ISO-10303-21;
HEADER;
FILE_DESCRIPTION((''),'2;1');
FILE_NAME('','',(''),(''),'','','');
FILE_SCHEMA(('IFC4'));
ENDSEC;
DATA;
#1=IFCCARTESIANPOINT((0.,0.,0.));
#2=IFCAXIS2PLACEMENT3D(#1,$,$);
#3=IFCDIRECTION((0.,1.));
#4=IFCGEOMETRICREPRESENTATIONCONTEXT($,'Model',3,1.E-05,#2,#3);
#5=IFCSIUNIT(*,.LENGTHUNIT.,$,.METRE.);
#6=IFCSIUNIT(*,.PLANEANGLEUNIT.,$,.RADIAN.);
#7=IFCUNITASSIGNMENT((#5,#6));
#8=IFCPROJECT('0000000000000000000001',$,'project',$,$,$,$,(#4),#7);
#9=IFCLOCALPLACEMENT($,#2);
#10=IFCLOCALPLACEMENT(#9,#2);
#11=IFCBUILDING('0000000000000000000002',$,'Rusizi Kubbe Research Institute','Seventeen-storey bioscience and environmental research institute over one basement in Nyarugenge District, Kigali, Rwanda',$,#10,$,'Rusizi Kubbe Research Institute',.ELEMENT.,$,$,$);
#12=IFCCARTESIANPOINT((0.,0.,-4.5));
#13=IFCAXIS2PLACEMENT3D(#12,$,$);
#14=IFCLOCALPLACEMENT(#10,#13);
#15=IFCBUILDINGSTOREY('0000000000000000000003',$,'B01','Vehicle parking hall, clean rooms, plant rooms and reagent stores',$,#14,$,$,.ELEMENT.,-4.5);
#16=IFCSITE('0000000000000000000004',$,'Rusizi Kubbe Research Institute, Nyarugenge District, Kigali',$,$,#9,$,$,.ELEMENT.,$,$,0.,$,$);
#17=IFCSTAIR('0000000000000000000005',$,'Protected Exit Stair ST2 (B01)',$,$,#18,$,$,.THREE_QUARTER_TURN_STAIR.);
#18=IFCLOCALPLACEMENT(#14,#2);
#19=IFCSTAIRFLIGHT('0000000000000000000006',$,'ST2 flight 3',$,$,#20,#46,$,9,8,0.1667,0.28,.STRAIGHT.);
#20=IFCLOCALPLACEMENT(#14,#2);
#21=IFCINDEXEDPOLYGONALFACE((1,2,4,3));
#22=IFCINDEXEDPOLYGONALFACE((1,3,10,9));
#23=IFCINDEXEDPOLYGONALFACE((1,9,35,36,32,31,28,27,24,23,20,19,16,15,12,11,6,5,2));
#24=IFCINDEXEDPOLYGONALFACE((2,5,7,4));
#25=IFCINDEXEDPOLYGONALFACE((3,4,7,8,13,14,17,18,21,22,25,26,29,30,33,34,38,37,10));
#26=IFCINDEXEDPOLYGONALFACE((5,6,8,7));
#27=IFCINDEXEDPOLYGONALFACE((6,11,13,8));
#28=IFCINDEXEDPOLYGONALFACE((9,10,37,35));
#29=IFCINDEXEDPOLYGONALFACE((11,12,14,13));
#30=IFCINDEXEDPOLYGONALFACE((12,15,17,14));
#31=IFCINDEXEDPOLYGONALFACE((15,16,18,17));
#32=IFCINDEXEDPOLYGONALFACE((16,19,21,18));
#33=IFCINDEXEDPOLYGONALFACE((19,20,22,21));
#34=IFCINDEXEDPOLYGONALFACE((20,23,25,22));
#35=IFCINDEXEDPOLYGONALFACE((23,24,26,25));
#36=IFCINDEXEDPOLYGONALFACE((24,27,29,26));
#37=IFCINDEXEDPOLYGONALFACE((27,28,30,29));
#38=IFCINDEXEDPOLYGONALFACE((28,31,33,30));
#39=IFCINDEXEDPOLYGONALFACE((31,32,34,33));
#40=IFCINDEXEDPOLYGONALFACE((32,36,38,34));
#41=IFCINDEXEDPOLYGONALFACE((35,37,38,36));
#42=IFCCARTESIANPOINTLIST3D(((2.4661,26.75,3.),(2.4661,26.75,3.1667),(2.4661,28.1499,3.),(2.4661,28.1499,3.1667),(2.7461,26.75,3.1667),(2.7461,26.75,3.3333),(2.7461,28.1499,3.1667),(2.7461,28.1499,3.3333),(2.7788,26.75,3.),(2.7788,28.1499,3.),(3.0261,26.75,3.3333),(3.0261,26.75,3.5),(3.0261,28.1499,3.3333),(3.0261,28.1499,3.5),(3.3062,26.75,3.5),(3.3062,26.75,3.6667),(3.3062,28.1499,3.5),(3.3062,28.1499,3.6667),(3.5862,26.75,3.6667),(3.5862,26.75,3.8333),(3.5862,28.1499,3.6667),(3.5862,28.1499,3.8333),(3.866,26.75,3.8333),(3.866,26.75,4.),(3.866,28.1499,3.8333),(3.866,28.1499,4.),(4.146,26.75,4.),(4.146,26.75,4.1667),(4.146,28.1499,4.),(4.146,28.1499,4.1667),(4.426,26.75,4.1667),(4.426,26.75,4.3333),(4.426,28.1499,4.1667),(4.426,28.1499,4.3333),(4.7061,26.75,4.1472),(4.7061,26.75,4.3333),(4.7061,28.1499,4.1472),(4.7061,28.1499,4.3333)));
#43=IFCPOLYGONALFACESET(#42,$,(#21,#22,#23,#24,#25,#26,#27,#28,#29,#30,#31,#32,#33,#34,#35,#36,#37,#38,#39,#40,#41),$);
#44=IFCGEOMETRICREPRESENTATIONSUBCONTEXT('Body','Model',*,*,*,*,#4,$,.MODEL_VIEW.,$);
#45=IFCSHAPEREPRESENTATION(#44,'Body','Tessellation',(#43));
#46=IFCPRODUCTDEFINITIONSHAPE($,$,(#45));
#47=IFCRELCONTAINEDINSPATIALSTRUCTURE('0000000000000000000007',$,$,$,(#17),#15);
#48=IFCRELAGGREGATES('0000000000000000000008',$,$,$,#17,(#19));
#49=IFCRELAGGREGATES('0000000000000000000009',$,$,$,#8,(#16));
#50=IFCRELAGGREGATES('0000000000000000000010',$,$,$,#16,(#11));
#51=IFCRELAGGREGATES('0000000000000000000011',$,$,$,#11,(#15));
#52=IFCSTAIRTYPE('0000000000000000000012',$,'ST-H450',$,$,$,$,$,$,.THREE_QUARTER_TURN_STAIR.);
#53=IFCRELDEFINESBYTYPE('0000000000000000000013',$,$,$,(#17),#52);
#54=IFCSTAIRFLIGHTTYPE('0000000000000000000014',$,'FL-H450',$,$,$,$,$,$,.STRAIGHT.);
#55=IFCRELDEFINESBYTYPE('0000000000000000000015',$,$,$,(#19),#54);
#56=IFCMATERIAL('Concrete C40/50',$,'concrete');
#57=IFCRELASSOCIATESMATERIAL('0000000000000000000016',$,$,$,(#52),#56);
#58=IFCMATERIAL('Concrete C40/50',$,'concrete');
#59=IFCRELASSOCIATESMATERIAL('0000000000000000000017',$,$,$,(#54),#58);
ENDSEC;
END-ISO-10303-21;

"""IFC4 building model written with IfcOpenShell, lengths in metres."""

from ifc_helpers import new_model, si_unit, direction, frame, origin, place, context, subcontext, project, spatial, polyline, outline, extrude, material, type_object, element, aggregate, save


model = new_model("IFC4")

# Units and contexts
model_context = context("Model", 3, precision=1e-05, world=origin(), true_north=direction((0.0, 1.0)))
body_context = subcontext(model_context, "Body", "Model", "MODEL_VIEW")
ifc_project = project(units=[si_unit("LENGTHUNIT", "METRE"), si_unit("PLANEANGLEUNIT", "RADIAN")], contexts=[model_context])

# Site, building, storey
site_placement = place(None, origin())
site = spatial("IfcSite", under=ifc_project, at=site_placement, Name="Rusizi Kubbe Research Institute, Nyarugenge District, Kigali", CompositionType="ELEMENT", RefElevation=0.0)
building_placement = place(site_placement, origin())
building = spatial("IfcBuilding", under=site, at=building_placement, Name="Rusizi Kubbe Research Institute", Description="Seventeen-storey bioscience and environmental research institute over one basement in Nyarugenge District, Kigali, Rwanda", LongName="Rusizi Kubbe Research Institute", CompositionType="ELEMENT")
storey_placement = place(building_placement, frame((0.0, 0.0, -4.5)))
storey = spatial("IfcBuildingStorey", under=building, at=storey_placement, Name="B01", Description="Vehicle parking hall, clean rooms, plant rooms and reagent stores", CompositionType="ELEMENT", Elevation=-4.5)

# Stair, stair flight
ifc_material_1 = material(Name="Concrete C40/50", Category="concrete")
stair_type = type_object("IfcStairType", Name="ST-H450", PredefinedType="THREE_QUARTER_TURN_STAIR", material=ifc_material_1)
stair_placement = place(storey_placement, origin())
stair = element("IfcStair", 1, at=stair_placement, inside=storey, type_object=stair_type, Name="Protected Exit Stair ST2 (B01)", PredefinedType="THREE_QUARTER_TURN_STAIR")
ifc_material_2 = material(Name="Concrete C40/50", Category="concrete")
stair_flight_type = type_object("IfcStairFlightType", Name="FL-H450", PredefinedType="STRAIGHT", material=ifc_material_2)
stair_flight_1_placement = place(storey_placement, frame((2.4661, 27.45, 3.0), z_axis=(0.0, 0.0, 1.0), x_axis=(1.0, 0.0, 0.0)))
stair_flight_1 = element("IfcStairFlight", 2, at=stair_flight_1_placement, type_object=stair_flight_type, Name="ST2 flight 3", NumberOfRisers=9, NumberOfTreads=8, PredefinedType="STRAIGHT", RiserHeight=0.1667, TreadLength=0.28, context=body_context, shape_type="SweptSolid", body=[
    extrude(outline(polyline([(0.0, 0.0), (0.0, 0.1667), (0.28, 0.1667), (0.28, 0.3333), (0.5601, 0.3333), (0.5601, 0.5), (0.8401, 0.5), (0.8401, 0.6667), (1.1201, 0.6667), (1.1201, 0.8333), (1.3999, 0.8333), (1.3999, 1.0), (1.6799, 1.0), (1.6799, 1.1667), (1.96, 1.1667), (1.96, 1.3333), (2.24, 1.3333), (2.24, 1.5), (2.24, 1.1472), (0.3127, 0.0), (0.0, 0.0)])), frame((0.0, 0.7, 0.0), z_axis=(0.0, -1.0, 0.0), x_axis=(1.0, 0.0, 0.0)), (0.0, 0.0, 1.0), 1.3999),
])
aggregate(stair, [stair_flight_1])

save(model, "model.ifc")
